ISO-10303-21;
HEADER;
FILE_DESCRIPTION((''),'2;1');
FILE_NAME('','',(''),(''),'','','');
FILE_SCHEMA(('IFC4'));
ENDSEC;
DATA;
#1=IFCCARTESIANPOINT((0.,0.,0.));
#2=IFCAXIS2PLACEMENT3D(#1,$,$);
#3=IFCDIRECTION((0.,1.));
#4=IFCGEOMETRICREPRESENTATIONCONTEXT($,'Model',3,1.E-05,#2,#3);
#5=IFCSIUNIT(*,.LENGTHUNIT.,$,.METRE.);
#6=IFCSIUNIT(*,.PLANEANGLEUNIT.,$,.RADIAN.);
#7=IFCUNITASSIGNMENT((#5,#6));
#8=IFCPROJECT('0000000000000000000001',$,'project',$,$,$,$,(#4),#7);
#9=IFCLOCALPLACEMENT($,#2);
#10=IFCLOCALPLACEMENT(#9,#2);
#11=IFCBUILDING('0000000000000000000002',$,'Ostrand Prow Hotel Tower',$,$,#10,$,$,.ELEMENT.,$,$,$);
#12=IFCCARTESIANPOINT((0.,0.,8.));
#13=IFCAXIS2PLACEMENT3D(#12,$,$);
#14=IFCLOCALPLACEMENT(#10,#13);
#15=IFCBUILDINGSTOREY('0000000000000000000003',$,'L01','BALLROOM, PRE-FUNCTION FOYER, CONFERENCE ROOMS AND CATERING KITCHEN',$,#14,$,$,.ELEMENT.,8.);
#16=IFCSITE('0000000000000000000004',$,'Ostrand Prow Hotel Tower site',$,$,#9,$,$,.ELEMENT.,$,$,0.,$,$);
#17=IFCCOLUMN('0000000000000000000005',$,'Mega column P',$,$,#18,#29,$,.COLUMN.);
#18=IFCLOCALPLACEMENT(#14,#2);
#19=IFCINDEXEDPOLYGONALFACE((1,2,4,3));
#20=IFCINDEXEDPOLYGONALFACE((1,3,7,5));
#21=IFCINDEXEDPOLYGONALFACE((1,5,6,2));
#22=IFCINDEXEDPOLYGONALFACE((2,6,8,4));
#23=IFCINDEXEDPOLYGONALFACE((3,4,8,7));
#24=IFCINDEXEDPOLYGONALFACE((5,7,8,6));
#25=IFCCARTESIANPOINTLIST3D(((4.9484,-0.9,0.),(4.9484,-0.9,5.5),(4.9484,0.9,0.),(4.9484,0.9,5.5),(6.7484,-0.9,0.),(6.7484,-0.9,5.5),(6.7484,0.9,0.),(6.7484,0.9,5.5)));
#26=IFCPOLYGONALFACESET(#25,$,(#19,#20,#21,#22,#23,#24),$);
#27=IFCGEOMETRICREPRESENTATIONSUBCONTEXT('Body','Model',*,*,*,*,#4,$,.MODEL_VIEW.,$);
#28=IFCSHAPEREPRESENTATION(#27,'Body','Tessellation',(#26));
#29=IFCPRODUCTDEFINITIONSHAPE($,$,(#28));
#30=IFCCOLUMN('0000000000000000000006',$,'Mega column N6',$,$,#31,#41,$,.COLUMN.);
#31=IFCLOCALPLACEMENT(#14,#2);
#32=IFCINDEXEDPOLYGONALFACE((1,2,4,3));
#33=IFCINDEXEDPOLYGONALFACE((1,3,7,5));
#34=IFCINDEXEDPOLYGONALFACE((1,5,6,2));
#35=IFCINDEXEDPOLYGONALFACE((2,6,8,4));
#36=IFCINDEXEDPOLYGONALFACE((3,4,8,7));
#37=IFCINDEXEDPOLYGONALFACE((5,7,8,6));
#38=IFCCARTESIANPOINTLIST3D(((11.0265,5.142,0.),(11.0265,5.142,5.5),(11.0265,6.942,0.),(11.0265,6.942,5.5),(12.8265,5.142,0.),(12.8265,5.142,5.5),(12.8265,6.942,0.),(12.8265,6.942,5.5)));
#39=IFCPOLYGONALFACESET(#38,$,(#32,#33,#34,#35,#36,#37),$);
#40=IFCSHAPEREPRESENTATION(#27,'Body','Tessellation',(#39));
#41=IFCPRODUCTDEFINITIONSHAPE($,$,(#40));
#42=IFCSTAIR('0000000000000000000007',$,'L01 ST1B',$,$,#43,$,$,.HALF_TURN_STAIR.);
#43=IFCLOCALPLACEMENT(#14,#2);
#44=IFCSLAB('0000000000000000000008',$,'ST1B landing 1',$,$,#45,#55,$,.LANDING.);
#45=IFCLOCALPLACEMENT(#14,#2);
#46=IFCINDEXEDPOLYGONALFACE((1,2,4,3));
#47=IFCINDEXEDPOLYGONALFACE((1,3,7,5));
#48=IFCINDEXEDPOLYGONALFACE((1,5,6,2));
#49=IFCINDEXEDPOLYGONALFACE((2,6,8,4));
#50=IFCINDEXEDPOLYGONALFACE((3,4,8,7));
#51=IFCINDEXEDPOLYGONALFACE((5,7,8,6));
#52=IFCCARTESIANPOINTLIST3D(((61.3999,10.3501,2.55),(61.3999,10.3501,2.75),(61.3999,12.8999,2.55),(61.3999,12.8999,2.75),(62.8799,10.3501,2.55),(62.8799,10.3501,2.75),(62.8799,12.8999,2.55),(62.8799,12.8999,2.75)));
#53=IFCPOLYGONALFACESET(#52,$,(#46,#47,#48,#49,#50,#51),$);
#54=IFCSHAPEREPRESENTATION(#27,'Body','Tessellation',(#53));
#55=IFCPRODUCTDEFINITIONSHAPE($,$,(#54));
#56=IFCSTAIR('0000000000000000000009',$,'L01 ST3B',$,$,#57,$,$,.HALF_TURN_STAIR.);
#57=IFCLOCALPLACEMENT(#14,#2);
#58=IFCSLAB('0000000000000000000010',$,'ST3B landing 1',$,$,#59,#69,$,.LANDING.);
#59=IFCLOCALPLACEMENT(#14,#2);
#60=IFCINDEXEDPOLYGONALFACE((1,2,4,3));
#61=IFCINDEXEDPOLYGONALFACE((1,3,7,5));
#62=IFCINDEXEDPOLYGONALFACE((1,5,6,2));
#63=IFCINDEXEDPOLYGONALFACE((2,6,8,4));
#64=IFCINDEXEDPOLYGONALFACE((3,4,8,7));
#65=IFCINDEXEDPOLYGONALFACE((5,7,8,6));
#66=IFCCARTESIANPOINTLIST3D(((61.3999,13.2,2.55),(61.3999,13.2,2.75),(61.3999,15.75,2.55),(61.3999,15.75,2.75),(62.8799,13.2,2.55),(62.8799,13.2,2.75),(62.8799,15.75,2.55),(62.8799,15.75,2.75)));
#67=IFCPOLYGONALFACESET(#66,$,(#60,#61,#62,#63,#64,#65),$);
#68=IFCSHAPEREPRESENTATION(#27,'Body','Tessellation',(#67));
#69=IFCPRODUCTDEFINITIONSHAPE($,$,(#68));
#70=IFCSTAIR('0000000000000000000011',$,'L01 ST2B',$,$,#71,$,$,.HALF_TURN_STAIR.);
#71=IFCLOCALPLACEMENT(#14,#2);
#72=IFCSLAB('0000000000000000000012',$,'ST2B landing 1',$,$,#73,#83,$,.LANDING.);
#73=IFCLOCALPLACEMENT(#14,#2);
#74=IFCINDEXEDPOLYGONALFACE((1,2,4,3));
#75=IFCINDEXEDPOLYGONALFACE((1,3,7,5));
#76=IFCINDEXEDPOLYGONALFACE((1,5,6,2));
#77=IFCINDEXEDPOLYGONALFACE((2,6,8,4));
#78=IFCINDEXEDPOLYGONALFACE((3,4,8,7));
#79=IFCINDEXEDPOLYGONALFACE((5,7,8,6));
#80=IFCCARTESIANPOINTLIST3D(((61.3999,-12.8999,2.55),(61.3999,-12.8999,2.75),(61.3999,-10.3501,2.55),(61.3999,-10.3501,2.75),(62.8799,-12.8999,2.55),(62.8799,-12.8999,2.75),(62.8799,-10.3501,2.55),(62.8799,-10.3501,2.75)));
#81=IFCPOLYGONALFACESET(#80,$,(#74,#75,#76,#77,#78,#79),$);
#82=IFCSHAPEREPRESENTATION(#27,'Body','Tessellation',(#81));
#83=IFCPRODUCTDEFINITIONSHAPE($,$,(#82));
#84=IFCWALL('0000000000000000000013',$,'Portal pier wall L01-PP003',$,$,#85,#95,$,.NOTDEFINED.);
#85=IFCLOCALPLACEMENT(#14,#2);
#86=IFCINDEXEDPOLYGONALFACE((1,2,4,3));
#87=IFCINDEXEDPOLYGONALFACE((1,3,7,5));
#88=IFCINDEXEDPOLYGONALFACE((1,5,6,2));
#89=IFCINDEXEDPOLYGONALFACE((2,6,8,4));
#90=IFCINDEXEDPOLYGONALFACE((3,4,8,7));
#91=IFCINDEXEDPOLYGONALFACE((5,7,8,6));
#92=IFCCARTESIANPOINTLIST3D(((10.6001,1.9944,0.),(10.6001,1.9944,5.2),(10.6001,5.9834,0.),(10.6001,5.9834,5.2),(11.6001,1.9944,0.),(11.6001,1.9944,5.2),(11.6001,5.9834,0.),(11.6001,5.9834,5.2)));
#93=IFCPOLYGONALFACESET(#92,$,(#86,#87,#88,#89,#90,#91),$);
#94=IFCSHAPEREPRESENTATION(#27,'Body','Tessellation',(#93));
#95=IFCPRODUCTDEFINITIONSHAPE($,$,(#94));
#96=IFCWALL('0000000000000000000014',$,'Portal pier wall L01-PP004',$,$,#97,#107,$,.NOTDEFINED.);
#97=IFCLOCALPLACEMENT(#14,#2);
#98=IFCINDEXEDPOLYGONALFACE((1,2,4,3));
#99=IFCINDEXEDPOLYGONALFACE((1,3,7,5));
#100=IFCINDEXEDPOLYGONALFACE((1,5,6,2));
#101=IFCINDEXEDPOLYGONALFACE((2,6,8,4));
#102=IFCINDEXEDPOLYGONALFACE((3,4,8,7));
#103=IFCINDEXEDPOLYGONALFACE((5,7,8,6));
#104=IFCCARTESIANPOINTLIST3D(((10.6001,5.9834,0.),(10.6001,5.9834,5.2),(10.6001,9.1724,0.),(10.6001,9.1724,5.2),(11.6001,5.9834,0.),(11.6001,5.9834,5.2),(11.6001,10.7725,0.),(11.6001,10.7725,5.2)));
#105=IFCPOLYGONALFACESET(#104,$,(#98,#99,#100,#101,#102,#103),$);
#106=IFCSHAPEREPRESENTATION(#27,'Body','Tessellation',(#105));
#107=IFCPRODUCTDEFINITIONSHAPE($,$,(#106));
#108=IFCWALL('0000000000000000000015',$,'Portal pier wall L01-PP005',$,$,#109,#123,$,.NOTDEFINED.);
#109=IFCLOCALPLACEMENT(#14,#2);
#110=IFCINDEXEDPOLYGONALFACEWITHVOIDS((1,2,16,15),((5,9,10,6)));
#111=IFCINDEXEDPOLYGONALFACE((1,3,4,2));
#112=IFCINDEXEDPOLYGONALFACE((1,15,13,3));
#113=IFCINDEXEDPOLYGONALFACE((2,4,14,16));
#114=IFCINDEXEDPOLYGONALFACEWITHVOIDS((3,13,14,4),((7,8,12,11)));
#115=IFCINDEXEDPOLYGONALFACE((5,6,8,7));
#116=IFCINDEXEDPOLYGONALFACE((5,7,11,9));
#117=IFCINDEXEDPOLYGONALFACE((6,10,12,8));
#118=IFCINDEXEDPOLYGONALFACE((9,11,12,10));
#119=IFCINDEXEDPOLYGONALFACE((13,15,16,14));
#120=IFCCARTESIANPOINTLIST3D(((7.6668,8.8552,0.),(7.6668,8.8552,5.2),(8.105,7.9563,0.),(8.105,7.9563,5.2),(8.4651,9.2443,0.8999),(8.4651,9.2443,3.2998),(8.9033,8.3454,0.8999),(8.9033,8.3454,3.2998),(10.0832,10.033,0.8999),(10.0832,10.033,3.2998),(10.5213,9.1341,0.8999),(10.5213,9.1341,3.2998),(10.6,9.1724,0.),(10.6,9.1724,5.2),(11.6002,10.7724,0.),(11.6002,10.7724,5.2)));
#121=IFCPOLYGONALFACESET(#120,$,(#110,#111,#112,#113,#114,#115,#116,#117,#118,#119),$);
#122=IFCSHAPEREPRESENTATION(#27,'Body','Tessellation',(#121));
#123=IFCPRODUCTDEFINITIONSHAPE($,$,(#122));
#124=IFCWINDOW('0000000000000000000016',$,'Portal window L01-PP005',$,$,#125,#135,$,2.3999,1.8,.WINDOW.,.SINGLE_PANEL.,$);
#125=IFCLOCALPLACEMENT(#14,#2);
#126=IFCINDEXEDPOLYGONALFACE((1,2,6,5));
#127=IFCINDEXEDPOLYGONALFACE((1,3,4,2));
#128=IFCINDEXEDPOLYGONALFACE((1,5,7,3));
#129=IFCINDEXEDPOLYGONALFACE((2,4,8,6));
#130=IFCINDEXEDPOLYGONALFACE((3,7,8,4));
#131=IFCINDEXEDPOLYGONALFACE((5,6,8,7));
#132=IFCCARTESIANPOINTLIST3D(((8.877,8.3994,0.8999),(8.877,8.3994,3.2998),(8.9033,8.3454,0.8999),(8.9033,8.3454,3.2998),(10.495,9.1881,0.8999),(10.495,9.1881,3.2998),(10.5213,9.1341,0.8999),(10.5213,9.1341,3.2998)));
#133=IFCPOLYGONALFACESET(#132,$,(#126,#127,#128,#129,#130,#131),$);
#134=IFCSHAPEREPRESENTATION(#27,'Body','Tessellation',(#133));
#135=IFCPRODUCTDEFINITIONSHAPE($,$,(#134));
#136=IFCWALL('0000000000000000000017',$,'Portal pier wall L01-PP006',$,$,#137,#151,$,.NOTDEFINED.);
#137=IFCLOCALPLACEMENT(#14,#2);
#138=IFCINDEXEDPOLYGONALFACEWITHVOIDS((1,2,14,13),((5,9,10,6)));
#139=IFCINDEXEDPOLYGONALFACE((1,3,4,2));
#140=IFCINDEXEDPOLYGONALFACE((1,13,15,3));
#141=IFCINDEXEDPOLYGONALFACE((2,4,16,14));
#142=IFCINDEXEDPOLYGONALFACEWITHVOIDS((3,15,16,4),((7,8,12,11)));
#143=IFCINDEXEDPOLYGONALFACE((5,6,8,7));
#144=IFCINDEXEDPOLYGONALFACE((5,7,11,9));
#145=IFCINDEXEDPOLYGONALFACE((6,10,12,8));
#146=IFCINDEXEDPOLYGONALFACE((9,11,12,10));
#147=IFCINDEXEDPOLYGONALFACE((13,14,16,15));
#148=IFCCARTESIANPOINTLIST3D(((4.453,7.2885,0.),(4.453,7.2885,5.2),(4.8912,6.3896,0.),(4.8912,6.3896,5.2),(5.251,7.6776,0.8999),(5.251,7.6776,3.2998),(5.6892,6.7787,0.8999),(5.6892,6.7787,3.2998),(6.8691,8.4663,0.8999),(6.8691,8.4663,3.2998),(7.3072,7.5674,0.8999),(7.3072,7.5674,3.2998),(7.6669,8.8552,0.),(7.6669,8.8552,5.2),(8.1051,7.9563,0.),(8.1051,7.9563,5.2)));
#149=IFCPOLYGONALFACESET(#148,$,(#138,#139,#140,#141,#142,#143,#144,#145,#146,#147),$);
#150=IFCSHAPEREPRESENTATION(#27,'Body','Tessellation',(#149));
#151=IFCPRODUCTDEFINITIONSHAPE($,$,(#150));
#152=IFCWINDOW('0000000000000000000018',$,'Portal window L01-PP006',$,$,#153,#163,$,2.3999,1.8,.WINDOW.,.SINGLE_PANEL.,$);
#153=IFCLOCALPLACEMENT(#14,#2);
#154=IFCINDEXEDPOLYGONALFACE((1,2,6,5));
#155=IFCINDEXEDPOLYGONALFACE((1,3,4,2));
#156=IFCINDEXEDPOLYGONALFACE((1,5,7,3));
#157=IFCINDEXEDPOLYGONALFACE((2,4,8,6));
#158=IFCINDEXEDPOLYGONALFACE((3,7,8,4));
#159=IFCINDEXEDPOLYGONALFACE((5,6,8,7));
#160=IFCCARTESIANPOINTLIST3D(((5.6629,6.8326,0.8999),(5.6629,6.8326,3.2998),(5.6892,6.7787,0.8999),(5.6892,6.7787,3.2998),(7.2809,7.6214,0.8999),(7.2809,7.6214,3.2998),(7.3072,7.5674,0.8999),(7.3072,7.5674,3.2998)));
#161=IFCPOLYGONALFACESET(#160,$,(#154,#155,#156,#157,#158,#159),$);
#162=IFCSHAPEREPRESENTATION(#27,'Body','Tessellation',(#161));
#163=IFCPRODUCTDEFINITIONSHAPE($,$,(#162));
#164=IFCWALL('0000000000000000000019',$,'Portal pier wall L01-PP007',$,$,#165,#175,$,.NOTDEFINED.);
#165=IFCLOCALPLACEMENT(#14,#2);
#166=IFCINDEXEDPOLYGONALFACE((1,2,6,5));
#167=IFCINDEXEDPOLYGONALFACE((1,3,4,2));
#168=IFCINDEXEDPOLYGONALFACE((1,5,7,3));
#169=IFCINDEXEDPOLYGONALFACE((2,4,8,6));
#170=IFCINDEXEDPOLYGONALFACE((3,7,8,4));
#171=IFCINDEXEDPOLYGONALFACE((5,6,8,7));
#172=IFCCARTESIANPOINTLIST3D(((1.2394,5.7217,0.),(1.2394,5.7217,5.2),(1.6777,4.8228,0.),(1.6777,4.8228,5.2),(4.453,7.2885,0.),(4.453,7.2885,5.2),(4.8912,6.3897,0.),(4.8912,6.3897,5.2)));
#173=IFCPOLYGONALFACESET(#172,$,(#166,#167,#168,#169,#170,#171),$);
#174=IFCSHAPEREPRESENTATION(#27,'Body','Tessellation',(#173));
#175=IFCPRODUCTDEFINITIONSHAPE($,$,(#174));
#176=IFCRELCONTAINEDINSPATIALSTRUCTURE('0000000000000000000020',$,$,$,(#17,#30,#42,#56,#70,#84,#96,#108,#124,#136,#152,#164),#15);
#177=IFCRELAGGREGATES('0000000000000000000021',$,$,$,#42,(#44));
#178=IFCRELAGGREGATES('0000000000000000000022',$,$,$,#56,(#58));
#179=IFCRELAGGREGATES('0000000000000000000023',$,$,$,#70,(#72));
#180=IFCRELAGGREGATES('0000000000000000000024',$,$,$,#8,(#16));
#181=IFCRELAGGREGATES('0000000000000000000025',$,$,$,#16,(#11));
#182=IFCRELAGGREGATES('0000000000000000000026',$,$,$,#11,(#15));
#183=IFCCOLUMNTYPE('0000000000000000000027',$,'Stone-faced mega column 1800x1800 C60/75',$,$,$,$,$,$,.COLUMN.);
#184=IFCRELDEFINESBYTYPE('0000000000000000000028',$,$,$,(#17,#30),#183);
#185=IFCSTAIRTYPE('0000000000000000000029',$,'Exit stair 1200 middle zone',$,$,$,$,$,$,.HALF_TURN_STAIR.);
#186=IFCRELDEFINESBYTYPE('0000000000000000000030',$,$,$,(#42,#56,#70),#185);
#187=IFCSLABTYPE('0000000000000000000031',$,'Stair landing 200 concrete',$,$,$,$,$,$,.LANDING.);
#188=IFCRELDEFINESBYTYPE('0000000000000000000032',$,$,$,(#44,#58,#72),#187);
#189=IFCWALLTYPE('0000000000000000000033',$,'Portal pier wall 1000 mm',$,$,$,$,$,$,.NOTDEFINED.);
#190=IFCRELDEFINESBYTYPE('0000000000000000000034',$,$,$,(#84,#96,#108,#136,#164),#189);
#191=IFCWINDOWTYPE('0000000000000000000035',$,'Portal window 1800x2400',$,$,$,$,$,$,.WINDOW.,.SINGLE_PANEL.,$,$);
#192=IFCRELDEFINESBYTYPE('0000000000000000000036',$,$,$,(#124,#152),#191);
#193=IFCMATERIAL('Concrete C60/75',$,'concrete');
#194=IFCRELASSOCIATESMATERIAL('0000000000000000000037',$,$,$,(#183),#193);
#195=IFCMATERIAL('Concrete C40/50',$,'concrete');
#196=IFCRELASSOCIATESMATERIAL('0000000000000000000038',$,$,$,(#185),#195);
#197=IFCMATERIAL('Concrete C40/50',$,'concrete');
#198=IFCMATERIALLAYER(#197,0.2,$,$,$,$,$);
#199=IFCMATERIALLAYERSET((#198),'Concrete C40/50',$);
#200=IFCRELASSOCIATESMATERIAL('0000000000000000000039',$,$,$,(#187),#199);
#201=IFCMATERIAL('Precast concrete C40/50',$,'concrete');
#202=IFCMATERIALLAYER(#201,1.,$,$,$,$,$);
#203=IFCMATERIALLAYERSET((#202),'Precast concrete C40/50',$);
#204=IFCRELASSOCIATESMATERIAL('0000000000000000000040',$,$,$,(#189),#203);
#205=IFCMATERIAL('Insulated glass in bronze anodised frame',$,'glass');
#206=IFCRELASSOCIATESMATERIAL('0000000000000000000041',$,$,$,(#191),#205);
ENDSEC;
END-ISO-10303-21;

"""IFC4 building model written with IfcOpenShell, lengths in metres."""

from ifc_helpers import new_model, si_unit, direction, frame, frame_2d, origin, origin_2d, place, context, subcontext, project, spatial, polyline, rectangle, outline, extrude, material, layer, layer_set, material_profile, profile_set, type_object, element, fill, aggregate, save


model = new_model("IFC4")

# Units and contexts
model_context = context("Model", 3, precision=1e-05, world=origin(), true_north=direction((0.0, 1.0)))
body_context = subcontext(model_context, "Body", "Model", "MODEL_VIEW")
ifc_project = project(units=[si_unit("LENGTHUNIT", "METRE"), si_unit("PLANEANGLEUNIT", "RADIAN")], contexts=[model_context])

# Site, building, storey
site_placement = place(None, origin())
site = spatial("IfcSite", under=ifc_project, at=site_placement, Name="Ostrand Prow Hotel Tower site", CompositionType="ELEMENT", RefElevation=0.0)
building_placement = place(site_placement, origin())
building = spatial("IfcBuilding", under=site, at=building_placement, Name="Ostrand Prow Hotel Tower", CompositionType="ELEMENT")
storey_placement = place(building_placement, frame((0.0, 0.0, 8.0)))
storey = spatial("IfcBuildingStorey", under=building, at=storey_placement, Name="L01", Description="BALLROOM, PRE-FUNCTION FOYER, CONFERENCE ROOMS AND CATERING KITCHEN", CompositionType="ELEMENT", Elevation=8.0)

# Columns
ifc_material_1 = material(Name="Concrete C60/75", Category="concrete")
ifc_material_profile = material_profile(ifc_material_1, rectangle(XDim=1.8, YDim=1.8, at=origin_2d()), Name="RC 1800x1800")
ifc_profile_set = profile_set([ifc_material_profile], Name="Concrete C60/75")
column_type = type_object("IfcColumnType", Name="Stone-faced mega column 1800x1800 C60/75", PredefinedType="COLUMN", material=ifc_profile_set)
for number, where, z_axis, x_axis, name in (
    (1, (5.8484, 0.0, 0.0), (0.0, 0.0, 1.0), (1.0, 0.0, 0.0), "Mega column P"),
    (2, (11.9265, 6.042, 0.0), (0.0, 0.0, 1.0), (1.0, 0.0, 0.0), "Mega column N6"),
):
    element("IfcColumn", number, at=place(storey_placement, frame(where, z_axis=z_axis, x_axis=x_axis)), inside=storey, type_object=column_type, Name=name, PredefinedType="COLUMN", context=body_context, shape_type="SweptSolid", body=[
        extrude(rectangle(XDim=1.8, YDim=1.8, at=origin_2d()), origin(), (0.0, 0.0, 1.0), 5.5),
    ])

# Stairs, slabs
ifc_material_2 = material(Name="Concrete C40/50", Category="concrete")
stair_type = type_object("IfcStairType", Name="Exit stair 1200 middle zone", PredefinedType="HALF_TURN_STAIR", material=ifc_material_2)
stair_1_placement = place(storey_placement, origin())
stair_1 = element("IfcStair", 3, at=stair_1_placement, inside=storey, type_object=stair_type, Name="L01 ST1B", PredefinedType="HALF_TURN_STAIR")
ifc_material_3 = material(Name="Concrete C40/50", Category="concrete")
ifc_layer_1 = layer(ifc_material_3, 0.2)
ifc_layer_set_1 = layer_set([ifc_layer_1], Name="Concrete C40/50")
slab_type = type_object("IfcSlabType", Name="Stair landing 200 concrete", PredefinedType="LANDING", material=ifc_layer_set_1)
slab_1_placement = place(storey_placement, frame((0.0, 0.0, 2.55)))
slab_1 = element("IfcSlab", 4, at=slab_1_placement, type_object=slab_type, Name="ST1B landing 1", PredefinedType="LANDING", context=body_context, shape_type="SweptSolid", body=[
    extrude(outline(polyline([(61.3999, 10.3501), (62.8799, 10.3501), (62.8799, 12.8999), (61.3999, 12.8999), (61.3999, 10.3501)])), origin(), (0.0, 0.0, 1.0), 0.2),
])
aggregate(stair_1, [slab_1])
stair_2_placement = place(storey_placement, origin())
stair_2 = element("IfcStair", 5, at=stair_2_placement, inside=storey, type_object=stair_type, Name="L01 ST3B", PredefinedType="HALF_TURN_STAIR")
slab_2_placement = place(storey_placement, frame((0.0, 0.0, 2.55)))
slab_2 = element("IfcSlab", 6, at=slab_2_placement, type_object=slab_type, Name="ST3B landing 1", PredefinedType="LANDING", context=body_context, shape_type="SweptSolid", body=[
    extrude(outline(polyline([(61.3999, 13.2), (62.8799, 13.2), (62.8799, 15.75), (61.3999, 15.75), (61.3999, 13.2)])), origin(), (0.0, 0.0, 1.0), 0.2),
])
aggregate(stair_2, [slab_2])
stair_3_placement = place(storey_placement, origin())
stair_3 = element("IfcStair", 7, at=stair_3_placement, inside=storey, type_object=stair_type, Name="L01 ST2B", PredefinedType="HALF_TURN_STAIR")
slab_3_placement = place(storey_placement, frame((0.0, 0.0, 2.55)))
slab_3 = element("IfcSlab", 8, at=slab_3_placement, type_object=slab_type, Name="ST2B landing 1", PredefinedType="LANDING", context=body_context, shape_type="SweptSolid", body=[
    extrude(outline(polyline([(61.3999, -12.8999), (62.8799, -12.8999), (62.8799, -10.3501), (61.3999, -10.3501), (61.3999, -12.8999)])), origin(), (0.0, 0.0, 1.0), 0.2),
])
aggregate(stair_3, [slab_3])

# Walls
ifc_material_4 = material(Name="Precast concrete C40/50", Category="concrete")
ifc_layer_2 = layer(ifc_material_4, 1.0)
ifc_layer_set_2 = layer_set([ifc_layer_2], Name="Precast concrete C40/50")
wall_type = type_object("IfcWallType", Name="Portal pier wall 1000 mm", PredefinedType="NOTDEFINED", material=ifc_layer_set_2)
wall_1_placement = place(storey_placement, frame((11.1001, 1.9944, 0.0), z_axis=(0.0, 0.0, 1.0), x_axis=(0.0, 1.0, 0.0)))
element("IfcWall", 9, at=wall_1_placement, inside=storey, type_object=wall_type, Name="Portal pier wall L01-PP003", PredefinedType="NOTDEFINED", context=body_context, shape_type="SweptSolid", body=[
    extrude(outline(polyline([(0.0, -0.5), (3.989, -0.5), (3.989, 0.5), (0.0, 0.5), (0.0, -0.5)])), origin(), (0.0, 0.0, 1.0), 5.2),
])
wall_2_placement = place(storey_placement, frame((11.1001, 5.9834, 0.0), z_axis=(0.0, 0.0, 1.0), x_axis=(0.0, 1.0, 0.0)))
element("IfcWall", 10, at=wall_2_placement, inside=storey, type_object=wall_type, Name="Portal pier wall L01-PP004", PredefinedType="NOTDEFINED", context=body_context, shape_type="SweptSolid", body=[
    extrude(outline(polyline([(0.0, -0.5), (4.7891, -0.5), (3.189, 0.5), (0.0, 0.5), (0.0, -0.5)])), origin(), (0.0, 0.0, 1.0), 5.2),
])

# Walls, openings, windows
wall_3_placement = place(storey_placement, frame((11.1001, 9.9724, 0.0), z_axis=(0.0, 0.0, 1.0), x_axis=(-0.898902, -0.438151, 0.0)))
wall_3 = element("IfcWall", 11, at=wall_3_placement, inside=storey, type_object=wall_type, Name="Portal pier wall L01-PP005", PredefinedType="NOTDEFINED", context=body_context, shape_type="SweptSolid", body=[
    extrude(outline(polyline([(-0.8, -0.5), (3.5757, -0.5), (3.5757, 0.5), (0.8, 0.5), (-0.8, -0.5)])), origin(), (0.0, 0.0, 1.0), 5.2),
])
opening_1_placement = place(wall_3_placement, frame((0.8877, 0.0, 0.8999)))
opening_1 = element("IfcOpeningElement", 12, at=opening_1_placement, cuts=wall_3, PredefinedType="OPENING", context=body_context, shape_type="SweptSolid", body=[
    extrude(rectangle(XDim=1.8, YDim=2.3999, at=frame_2d((0.8999, 1.2))), frame((0.0, 0.51, 0.0), z_axis=(0.0, -1.0, 0.0), x_axis=(1.0, 0.0, 0.0)), (0.0, 0.0, 1.0), 1.02),
])
ifc_material_5 = material(Name="Insulated glass in bronze anodised frame", Category="glass")
window_type = type_object("IfcWindowType", Name="Portal window 1800x2400", PartitioningType="SINGLE_PANEL", PredefinedType="WINDOW", material=ifc_material_5)
window_1_placement = place(opening_1_placement, origin())
window_1 = element("IfcWindow", 13, at=window_1_placement, inside=storey, type_object=window_type, Name="Portal window L01-PP005", OverallHeight=2.3999, OverallWidth=1.8, PartitioningType="SINGLE_PANEL", PredefinedType="WINDOW", context=body_context, shape_type="SweptSolid", body=[
    extrude(rectangle(XDim=1.8, YDim=2.3999, at=frame_2d((0.8999, 1.2))), frame((0.0, 0.5, 0.0), z_axis=(0.0, -1.0, 0.0), x_axis=(1.0, 0.0, 0.0)), (0.0, 0.0, 1.0), 0.0601),
])
fill(opening_1, window_1)
wall_4_placement = place(storey_placement, frame((7.886, 8.4058, 0.0), z_axis=(0.0, 0.0, 1.0), x_axis=(-0.898889, -0.438177, 0.0)))
wall_4 = element("IfcWall", 14, at=wall_4_placement, inside=storey, type_object=wall_type, Name="Portal pier wall L01-PP006", PredefinedType="NOTDEFINED", context=body_context, shape_type="SweptSolid", body=[
    extrude(outline(polyline([(0.0, -0.5), (3.5754, -0.5), (3.5754, 0.5), (0.0, 0.5), (0.0, -0.5)])), origin(), (0.0, 0.0, 1.0), 5.2),
])
opening_2_placement = place(wall_4_placement, frame((0.8877, 0.0, 0.8999)))
opening_2 = element("IfcOpeningElement", 15, at=opening_2_placement, cuts=wall_4, PredefinedType="OPENING", context=body_context, shape_type="SweptSolid", body=[
    extrude(rectangle(XDim=1.8, YDim=2.3999, at=frame_2d((0.8999, 1.2))), frame((0.0, 0.51, 0.0), z_axis=(0.0, -1.0, 0.0), x_axis=(1.0, 0.0, 0.0)), (0.0, 0.0, 1.0), 1.02),
])
window_2_placement = place(opening_2_placement, origin())
window_2 = element("IfcWindow", 16, at=window_2_placement, inside=storey, type_object=window_type, Name="Portal window L01-PP006", OverallHeight=2.3999, OverallWidth=1.8, PartitioningType="SINGLE_PANEL", PredefinedType="WINDOW", context=body_context, shape_type="SweptSolid", body=[
    extrude(rectangle(XDim=1.8, YDim=2.3999, at=frame_2d((0.8999, 1.2))), frame((0.0, 0.5, 0.0), z_axis=(0.0, -1.0, 0.0), x_axis=(1.0, 0.0, 0.0)), (0.0, 0.0, 1.0), 0.0601),
])
fill(opening_2, window_2)

# Wall
wall_5_placement = place(storey_placement, frame((4.6721, 6.8391, 0.0), z_axis=(0.0, 0.0, 1.0), x_axis=(-0.898848, -0.438259, 0.0)))
element("IfcWall", 17, at=wall_5_placement, inside=storey, type_object=wall_type, Name="Portal pier wall L01-PP007", PredefinedType="NOTDEFINED", context=body_context, shape_type="SweptSolid", body=[
    extrude(outline(polyline([(0.0, -0.5), (3.5752, -0.5), (3.5752, 0.5), (0.0, 0.5), (0.0, -0.5)])), origin(), (0.0, 0.0, 1.0), 5.2),
])

save(model, "model.ifc")
